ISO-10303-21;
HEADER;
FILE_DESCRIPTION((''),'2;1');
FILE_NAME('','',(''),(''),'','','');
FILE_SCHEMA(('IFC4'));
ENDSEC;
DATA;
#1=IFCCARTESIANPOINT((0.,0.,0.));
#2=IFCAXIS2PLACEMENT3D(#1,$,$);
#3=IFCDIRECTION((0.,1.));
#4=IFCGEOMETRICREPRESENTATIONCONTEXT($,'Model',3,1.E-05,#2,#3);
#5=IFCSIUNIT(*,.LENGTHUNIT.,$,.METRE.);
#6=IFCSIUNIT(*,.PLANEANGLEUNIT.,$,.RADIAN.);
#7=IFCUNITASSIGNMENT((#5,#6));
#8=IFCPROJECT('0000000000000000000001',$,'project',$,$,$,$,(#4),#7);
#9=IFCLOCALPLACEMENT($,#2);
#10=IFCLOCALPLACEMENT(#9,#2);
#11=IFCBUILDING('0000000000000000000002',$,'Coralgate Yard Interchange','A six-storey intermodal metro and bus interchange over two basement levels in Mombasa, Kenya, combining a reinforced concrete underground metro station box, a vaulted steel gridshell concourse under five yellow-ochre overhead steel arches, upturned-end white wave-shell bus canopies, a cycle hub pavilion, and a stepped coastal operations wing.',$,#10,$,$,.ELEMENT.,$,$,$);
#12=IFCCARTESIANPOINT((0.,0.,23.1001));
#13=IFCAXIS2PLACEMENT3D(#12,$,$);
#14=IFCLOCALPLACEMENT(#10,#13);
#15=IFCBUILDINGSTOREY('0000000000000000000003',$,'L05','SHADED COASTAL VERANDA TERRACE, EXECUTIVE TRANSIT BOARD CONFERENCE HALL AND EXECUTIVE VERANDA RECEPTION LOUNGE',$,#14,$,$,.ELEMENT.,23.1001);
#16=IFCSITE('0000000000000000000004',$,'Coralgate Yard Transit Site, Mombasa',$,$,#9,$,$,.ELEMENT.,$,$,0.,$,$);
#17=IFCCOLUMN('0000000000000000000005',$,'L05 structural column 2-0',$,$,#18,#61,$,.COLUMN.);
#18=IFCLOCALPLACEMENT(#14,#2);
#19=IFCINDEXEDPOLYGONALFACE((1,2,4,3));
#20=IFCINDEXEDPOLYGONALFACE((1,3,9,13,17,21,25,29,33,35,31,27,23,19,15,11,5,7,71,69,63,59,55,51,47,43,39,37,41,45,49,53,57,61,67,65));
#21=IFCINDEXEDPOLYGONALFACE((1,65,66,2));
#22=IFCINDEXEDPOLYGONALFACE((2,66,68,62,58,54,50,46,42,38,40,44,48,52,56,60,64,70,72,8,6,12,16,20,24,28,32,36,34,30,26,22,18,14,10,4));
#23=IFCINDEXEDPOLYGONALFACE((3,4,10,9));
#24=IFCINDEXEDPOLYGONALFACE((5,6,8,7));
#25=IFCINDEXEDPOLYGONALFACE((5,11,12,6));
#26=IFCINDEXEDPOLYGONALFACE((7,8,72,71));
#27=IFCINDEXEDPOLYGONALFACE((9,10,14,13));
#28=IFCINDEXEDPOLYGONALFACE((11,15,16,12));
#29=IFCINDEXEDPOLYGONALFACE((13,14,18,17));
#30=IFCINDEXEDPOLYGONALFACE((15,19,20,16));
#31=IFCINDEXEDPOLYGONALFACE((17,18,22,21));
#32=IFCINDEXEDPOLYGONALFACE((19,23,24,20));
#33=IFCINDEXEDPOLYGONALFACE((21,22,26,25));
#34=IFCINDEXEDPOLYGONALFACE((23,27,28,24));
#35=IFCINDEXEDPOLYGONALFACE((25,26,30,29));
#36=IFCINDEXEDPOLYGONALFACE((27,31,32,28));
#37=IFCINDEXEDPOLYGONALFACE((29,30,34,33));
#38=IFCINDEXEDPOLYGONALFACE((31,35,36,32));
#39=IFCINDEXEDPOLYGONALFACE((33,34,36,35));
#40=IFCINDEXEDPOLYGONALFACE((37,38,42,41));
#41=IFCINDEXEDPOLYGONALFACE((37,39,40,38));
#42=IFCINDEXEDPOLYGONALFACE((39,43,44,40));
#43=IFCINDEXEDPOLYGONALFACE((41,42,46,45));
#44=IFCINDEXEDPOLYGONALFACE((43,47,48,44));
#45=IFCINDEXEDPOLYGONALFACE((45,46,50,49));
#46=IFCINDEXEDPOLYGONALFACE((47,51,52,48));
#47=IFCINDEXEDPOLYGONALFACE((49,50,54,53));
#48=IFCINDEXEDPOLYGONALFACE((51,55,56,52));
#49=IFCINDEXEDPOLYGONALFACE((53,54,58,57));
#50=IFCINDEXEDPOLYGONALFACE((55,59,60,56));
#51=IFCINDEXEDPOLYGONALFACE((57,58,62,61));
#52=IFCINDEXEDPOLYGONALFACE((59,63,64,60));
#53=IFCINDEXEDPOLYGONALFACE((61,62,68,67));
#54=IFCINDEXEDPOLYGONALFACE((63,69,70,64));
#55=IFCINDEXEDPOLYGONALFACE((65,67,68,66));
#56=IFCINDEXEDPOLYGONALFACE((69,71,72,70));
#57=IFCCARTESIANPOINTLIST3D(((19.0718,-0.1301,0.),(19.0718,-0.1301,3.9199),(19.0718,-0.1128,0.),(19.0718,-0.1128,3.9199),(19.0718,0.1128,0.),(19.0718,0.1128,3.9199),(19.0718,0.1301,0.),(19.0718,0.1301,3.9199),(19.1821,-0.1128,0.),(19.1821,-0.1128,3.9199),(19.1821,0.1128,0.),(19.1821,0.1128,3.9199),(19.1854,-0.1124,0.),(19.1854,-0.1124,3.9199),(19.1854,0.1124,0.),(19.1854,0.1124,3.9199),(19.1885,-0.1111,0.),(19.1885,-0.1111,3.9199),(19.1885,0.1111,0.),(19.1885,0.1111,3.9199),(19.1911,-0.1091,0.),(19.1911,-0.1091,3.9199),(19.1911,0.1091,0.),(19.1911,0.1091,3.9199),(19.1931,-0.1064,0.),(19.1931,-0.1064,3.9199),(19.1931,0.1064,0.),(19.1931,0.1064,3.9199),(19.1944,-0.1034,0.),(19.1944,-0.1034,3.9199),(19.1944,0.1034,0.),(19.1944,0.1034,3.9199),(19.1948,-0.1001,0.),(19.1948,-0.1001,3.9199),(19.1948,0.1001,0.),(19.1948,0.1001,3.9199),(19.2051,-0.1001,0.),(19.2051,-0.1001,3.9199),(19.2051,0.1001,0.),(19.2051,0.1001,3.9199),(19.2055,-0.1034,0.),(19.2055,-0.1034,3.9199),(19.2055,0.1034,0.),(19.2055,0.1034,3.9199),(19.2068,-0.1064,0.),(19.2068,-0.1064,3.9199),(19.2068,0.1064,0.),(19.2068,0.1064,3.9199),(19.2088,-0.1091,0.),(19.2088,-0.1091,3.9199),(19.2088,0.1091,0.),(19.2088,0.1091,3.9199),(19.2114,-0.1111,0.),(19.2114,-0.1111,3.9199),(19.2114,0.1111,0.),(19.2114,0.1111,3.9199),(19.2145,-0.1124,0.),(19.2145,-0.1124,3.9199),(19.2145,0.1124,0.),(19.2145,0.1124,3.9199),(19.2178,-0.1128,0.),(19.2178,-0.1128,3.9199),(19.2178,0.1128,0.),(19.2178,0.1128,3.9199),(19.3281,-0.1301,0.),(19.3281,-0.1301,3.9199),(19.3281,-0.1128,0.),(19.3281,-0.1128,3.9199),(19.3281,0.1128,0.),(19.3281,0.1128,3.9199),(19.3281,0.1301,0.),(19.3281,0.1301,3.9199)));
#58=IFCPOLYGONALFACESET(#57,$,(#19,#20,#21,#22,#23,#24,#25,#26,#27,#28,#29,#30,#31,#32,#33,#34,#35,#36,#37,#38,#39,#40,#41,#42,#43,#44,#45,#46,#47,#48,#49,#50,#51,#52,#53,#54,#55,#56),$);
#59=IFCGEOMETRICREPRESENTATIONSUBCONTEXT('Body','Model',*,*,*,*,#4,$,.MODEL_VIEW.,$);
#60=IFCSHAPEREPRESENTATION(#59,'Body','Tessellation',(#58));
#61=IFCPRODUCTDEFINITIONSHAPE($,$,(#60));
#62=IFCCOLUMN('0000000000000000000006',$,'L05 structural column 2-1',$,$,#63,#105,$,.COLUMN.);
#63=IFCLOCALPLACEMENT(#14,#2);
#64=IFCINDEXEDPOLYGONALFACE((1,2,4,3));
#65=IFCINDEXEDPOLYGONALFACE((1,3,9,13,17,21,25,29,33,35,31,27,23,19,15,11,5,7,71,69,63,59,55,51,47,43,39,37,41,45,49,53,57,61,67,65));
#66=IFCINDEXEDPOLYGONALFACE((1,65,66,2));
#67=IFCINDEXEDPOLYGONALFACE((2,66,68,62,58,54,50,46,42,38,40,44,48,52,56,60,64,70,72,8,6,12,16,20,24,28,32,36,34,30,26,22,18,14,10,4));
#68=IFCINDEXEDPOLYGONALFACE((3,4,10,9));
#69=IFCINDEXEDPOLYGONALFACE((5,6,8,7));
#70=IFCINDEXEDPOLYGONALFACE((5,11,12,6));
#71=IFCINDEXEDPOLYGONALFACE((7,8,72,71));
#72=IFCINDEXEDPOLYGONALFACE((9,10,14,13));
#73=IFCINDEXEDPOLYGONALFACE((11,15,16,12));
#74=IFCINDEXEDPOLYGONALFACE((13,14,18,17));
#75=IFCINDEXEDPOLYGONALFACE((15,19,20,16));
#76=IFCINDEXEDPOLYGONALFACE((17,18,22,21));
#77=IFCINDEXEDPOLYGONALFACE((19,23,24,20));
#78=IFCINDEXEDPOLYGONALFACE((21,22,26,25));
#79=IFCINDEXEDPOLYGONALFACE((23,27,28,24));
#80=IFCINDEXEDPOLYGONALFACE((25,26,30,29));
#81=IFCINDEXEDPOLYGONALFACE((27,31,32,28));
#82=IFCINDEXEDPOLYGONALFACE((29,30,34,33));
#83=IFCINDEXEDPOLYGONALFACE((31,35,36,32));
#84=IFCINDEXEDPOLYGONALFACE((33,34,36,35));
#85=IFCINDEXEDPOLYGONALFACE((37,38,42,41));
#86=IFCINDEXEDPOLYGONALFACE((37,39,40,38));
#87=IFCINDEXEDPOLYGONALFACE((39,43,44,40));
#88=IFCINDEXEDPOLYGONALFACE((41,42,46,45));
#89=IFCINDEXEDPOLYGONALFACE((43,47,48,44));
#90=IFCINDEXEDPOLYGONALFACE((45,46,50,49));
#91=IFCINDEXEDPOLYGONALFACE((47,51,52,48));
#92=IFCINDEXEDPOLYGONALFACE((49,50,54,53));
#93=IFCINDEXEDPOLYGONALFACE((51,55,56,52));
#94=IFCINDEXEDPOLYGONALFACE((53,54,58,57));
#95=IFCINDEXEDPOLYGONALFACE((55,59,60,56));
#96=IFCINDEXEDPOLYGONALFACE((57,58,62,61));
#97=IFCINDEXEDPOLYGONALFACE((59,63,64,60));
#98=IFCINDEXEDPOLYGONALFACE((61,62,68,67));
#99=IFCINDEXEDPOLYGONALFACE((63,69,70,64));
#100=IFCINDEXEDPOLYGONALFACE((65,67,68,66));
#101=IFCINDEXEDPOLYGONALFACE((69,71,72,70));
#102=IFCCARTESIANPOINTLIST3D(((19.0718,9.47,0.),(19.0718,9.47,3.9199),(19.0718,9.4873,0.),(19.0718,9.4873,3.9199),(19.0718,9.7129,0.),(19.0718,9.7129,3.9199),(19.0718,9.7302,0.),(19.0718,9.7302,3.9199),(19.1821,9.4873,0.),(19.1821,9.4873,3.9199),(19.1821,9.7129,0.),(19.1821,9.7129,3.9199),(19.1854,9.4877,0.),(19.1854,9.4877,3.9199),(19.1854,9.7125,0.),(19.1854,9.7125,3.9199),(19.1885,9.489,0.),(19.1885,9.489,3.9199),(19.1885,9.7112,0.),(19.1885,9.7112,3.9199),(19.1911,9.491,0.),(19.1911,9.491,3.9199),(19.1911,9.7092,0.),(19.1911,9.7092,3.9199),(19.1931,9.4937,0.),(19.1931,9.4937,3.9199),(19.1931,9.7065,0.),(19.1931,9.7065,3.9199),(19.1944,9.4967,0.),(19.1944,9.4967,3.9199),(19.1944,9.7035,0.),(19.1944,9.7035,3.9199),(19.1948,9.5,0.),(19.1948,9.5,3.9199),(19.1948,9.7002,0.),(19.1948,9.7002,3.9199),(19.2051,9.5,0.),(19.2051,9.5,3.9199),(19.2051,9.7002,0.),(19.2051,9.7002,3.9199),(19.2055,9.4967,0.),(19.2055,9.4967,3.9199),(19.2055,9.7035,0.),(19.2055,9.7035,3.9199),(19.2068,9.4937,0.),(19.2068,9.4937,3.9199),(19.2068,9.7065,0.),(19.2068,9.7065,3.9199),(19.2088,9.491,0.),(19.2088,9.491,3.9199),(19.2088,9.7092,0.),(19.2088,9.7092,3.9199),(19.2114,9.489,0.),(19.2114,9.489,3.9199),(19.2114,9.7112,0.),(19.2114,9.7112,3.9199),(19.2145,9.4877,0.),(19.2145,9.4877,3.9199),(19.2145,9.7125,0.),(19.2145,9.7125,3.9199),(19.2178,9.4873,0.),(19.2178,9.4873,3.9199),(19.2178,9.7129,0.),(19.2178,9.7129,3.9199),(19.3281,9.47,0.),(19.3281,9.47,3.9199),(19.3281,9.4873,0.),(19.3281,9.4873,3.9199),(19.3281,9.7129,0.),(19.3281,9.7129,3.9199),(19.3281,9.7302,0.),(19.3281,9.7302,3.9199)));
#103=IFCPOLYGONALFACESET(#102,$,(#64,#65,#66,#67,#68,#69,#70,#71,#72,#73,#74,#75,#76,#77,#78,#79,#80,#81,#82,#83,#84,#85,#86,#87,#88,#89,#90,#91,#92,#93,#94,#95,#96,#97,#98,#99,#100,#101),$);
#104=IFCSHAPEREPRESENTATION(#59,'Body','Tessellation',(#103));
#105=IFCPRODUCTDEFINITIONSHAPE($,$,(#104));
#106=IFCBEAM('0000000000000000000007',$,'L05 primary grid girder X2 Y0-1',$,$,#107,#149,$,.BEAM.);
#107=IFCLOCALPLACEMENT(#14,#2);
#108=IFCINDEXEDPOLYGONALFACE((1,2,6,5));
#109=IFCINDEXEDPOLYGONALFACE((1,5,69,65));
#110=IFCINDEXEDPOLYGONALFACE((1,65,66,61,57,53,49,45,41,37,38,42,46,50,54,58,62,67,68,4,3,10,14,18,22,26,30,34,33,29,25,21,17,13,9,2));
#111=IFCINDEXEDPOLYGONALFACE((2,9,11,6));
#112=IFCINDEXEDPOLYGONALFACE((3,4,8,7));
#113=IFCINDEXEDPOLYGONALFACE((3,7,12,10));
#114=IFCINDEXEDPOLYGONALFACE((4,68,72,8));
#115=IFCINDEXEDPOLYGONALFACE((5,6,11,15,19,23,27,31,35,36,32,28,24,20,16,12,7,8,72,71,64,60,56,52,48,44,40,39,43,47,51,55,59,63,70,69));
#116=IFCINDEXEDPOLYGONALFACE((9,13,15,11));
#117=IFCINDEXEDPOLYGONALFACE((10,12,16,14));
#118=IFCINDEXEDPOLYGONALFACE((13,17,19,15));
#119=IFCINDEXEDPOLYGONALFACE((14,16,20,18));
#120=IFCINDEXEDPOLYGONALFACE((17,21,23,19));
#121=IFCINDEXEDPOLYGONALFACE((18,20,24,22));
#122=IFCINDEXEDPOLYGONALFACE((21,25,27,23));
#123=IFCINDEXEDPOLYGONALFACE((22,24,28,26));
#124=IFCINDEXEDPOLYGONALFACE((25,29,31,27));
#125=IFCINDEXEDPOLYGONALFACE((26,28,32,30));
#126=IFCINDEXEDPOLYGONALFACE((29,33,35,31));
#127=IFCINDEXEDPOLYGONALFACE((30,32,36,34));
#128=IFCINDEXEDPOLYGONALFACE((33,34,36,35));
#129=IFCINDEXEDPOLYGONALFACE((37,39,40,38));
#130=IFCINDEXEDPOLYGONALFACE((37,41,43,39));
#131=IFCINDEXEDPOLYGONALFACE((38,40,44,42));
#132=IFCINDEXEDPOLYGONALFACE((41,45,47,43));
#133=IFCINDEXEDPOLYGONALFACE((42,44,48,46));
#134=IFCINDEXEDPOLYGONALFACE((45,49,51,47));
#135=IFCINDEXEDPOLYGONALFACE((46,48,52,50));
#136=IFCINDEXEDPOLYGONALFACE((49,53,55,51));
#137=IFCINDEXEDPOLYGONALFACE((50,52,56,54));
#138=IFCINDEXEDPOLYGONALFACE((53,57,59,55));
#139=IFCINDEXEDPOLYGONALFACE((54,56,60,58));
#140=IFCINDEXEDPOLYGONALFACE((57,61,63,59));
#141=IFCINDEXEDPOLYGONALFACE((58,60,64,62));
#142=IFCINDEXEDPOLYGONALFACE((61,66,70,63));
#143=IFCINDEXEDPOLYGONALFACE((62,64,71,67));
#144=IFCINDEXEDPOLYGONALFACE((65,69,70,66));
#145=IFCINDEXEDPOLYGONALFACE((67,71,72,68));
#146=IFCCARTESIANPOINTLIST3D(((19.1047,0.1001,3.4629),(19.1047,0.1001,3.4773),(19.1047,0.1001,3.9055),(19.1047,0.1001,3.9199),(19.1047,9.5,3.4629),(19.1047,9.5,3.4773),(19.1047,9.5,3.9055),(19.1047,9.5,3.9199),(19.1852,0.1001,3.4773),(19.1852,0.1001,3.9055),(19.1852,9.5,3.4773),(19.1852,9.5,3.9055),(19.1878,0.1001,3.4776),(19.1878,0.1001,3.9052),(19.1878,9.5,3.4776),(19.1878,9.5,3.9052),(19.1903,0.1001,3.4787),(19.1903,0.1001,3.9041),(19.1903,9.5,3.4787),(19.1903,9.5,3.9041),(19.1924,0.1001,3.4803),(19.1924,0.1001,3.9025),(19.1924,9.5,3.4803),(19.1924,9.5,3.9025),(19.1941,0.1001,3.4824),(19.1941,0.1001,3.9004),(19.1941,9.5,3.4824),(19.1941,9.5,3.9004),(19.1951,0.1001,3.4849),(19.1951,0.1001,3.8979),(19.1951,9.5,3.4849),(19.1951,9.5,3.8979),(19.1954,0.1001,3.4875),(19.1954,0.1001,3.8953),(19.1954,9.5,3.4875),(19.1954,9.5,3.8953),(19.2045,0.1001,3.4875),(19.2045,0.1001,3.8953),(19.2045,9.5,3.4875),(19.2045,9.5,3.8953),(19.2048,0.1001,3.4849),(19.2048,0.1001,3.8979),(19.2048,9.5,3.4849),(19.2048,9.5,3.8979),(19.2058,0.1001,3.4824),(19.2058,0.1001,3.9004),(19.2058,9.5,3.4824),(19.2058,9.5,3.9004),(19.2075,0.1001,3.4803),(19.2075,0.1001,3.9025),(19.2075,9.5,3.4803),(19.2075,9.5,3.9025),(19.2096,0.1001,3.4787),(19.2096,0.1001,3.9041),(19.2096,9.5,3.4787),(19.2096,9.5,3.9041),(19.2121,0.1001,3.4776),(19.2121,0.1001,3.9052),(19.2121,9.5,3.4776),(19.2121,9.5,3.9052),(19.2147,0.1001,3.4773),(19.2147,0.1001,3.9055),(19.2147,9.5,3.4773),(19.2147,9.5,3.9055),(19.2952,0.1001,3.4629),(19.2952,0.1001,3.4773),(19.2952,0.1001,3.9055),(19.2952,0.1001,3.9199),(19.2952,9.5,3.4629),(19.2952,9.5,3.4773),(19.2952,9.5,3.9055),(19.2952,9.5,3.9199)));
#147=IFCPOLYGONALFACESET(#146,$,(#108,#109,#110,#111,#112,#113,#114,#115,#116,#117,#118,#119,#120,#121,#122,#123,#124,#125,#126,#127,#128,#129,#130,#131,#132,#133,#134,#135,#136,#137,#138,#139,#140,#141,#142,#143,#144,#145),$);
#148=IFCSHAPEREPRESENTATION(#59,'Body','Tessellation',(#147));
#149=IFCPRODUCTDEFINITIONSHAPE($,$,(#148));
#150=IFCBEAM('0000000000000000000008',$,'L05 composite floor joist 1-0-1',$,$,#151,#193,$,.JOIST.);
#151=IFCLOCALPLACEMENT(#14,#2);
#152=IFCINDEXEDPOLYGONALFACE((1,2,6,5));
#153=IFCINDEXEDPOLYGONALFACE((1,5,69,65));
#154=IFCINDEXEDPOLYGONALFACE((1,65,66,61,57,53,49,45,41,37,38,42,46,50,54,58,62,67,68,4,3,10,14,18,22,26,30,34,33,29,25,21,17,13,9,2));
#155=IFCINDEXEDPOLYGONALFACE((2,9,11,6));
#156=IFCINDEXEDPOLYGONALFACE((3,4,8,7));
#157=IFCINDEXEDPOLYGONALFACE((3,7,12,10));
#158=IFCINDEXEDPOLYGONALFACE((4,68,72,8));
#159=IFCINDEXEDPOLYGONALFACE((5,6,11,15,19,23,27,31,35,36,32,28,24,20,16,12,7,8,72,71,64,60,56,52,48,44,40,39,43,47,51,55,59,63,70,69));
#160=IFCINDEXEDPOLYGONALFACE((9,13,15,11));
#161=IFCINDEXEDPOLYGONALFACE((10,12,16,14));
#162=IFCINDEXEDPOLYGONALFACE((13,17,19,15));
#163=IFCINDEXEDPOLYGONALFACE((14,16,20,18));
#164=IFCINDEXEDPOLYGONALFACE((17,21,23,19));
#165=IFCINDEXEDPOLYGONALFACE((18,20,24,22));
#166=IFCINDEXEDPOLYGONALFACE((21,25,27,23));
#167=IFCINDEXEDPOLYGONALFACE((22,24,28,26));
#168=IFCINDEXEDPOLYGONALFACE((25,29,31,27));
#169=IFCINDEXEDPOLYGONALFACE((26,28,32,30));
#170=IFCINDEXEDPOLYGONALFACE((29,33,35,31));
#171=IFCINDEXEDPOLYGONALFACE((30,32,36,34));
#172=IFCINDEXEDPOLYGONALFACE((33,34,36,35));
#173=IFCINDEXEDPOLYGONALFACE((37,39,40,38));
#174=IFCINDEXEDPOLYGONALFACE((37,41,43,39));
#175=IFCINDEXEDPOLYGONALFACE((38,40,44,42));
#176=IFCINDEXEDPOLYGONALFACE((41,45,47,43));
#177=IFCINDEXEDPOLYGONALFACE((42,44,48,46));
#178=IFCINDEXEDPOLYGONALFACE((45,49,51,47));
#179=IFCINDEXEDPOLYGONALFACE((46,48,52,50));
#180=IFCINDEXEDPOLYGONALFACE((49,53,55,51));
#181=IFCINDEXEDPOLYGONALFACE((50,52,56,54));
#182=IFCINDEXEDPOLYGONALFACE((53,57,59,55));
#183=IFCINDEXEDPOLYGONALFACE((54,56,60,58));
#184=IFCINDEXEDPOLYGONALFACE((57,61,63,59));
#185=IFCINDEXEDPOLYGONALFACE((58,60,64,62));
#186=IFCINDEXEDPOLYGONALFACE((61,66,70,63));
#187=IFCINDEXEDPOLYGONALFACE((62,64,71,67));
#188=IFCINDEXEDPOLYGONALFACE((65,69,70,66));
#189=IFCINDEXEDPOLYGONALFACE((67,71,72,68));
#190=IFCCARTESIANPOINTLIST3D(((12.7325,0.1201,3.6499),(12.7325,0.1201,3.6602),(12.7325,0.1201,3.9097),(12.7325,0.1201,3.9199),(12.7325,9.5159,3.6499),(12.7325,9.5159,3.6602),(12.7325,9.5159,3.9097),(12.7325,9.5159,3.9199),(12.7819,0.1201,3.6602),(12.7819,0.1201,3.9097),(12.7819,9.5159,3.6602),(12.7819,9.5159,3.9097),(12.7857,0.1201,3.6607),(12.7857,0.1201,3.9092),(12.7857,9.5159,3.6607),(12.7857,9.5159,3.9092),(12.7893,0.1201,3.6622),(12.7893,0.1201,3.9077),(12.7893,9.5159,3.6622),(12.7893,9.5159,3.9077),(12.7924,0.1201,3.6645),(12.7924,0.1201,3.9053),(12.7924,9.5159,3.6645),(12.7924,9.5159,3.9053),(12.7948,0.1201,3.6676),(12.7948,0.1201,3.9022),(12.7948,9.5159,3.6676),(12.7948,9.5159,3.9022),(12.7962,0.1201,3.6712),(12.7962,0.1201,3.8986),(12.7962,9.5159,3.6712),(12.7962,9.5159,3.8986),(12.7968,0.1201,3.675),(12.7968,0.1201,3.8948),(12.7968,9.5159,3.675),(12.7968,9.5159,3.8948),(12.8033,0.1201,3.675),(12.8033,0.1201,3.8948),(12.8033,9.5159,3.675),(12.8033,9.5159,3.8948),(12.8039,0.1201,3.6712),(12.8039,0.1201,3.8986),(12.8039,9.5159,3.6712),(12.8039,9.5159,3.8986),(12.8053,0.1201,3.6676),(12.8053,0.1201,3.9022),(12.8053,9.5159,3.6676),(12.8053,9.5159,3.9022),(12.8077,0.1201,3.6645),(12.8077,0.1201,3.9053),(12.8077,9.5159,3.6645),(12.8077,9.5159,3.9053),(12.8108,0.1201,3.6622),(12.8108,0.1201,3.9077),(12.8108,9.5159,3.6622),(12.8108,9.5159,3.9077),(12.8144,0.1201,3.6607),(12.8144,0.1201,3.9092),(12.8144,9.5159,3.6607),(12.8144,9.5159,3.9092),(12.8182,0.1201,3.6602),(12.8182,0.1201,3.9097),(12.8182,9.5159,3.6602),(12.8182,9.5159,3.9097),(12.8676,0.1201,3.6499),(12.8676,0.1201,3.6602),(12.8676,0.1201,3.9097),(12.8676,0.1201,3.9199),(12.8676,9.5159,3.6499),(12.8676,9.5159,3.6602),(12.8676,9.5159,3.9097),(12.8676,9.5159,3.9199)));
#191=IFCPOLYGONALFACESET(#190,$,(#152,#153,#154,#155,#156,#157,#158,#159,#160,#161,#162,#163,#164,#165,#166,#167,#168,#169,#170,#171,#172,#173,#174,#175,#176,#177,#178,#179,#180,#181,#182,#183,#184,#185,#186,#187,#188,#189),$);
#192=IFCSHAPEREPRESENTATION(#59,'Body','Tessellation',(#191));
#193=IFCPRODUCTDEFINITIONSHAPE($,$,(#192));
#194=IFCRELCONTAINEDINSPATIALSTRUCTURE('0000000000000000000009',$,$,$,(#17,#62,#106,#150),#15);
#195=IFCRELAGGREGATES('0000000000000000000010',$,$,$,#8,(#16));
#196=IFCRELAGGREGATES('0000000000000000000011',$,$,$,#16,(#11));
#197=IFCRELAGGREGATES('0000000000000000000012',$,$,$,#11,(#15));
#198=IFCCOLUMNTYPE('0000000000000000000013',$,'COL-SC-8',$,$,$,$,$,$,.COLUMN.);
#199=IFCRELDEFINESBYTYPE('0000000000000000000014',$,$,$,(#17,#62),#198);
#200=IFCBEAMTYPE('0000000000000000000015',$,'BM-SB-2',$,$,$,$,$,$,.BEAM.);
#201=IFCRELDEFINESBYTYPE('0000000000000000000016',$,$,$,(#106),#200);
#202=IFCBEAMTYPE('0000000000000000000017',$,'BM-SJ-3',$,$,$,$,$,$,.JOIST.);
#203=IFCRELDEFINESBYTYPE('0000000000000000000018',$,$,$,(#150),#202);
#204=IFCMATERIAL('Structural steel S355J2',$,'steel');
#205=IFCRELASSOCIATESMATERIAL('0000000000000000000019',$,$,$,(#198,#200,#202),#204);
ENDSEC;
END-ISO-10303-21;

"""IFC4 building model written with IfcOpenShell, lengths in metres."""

from ifc_helpers import new_model, si_unit, direction, frame, origin, origin_2d, place, context, subcontext, project, spatial, i_section, extrude, material, material_profile, profile_set, type_object, element, save


model = new_model("IFC4")

# Units and contexts
model_context = context("Model", 3, precision=1e-05, world=origin(), true_north=direction((0.0, 1.0)))
body_context = subcontext(model_context, "Body", "Model", "MODEL_VIEW")
ifc_project = project(units=[si_unit("LENGTHUNIT", "METRE"), si_unit("PLANEANGLEUNIT", "RADIAN")], contexts=[model_context])

# Site, building, storey
site_placement = place(None, origin())
site = spatial("IfcSite", under=ifc_project, at=site_placement, Name="Coralgate Yard Transit Site, Mombasa", CompositionType="ELEMENT", RefElevation=0.0)
building_placement = place(site_placement, origin())
building = spatial("IfcBuilding", under=site, at=building_placement, Name="Coralgate Yard Interchange", Description="A six-storey intermodal metro and bus interchange over two basement levels in Mombasa, Kenya, combining a reinforced concrete underground metro station box, a vaulted steel gridshell concourse under five yellow-ochre overhead steel arches, upturned-end white wave-shell bus canopies, a cycle hub pavilion, and a stepped coastal operations wing.", CompositionType="ELEMENT")
storey_placement = place(building_placement, frame((0.0, 0.0, 23.1001)))
storey = spatial("IfcBuildingStorey", under=building, at=storey_placement, Name="L05", Description="SHADED COASTAL VERANDA TERRACE, EXECUTIVE TRANSIT BOARD CONFERENCE HALL AND EXECUTIVE VERANDA RECEPTION LOUNGE", CompositionType="ELEMENT", Elevation=23.1001)

# Columns
ifc_material_1 = material(Name="Structural steel S355J2", Category="steel")
ifc_material_profile_1 = material_profile(ifc_material_1, i_section(OverallWidth=0.2563, OverallDepth=0.2603, WebThickness=0.0103, FlangeThickness=0.0173, FilletRadius=0.0127, at=origin_2d()), Name="UC 254x254x89")
ifc_profile_set_1 = profile_set([ifc_material_profile_1], Name="Structural steel S355J2")
column_type = type_object("IfcColumnType", Name="COL-SC-8", PredefinedType="COLUMN", material=ifc_profile_set_1)
for number, where, z_axis, x_axis, name in (
    (1, (19.2, 0.0, 0.0), (0.0, 0.0, 1.0), (1.0, 0.0, 0.0), "L05 structural column 2-0"),
    (2, (19.2, 9.6001, 0.0), (0.0, 0.0, 1.0), (1.0, 0.0, 0.0), "L05 structural column 2-1"),
):
    element("IfcColumn", number, at=place(storey_placement, frame(where, z_axis=z_axis, x_axis=x_axis)), inside=storey, type_object=column_type, Name=name, PredefinedType="COLUMN", context=body_context, shape_type="SweptSolid", body=[
        extrude(i_section(OverallWidth=0.2563, OverallDepth=0.2603, WebThickness=0.0103, FlangeThickness=0.0173, FilletRadius=0.0127, at=origin_2d()), origin(), (0.0, 0.0, 1.0), 3.9199),
    ])

# Beams
ifc_material_profile_2 = material_profile(ifc_material_1, i_section(OverallWidth=0.1904, OverallDepth=0.457, WebThickness=0.009, FlangeThickness=0.0144, FilletRadius=0.0103, at=origin_2d()), Name="UB 457x191x74")
ifc_profile_set_2 = profile_set([ifc_material_profile_2], Name="Structural steel S355J2")
beam_type_1 = type_object("IfcBeamType", Name="BM-SB-2", PredefinedType="BEAM", material=ifc_profile_set_2)
beam_placement = place(storey_placement, frame((19.2, 0.1001, 3.6914), z_axis=(0.0, 1.0, 0.0), x_axis=(-1.0, 0.0, 0.0)))
element("IfcBeam", 3, at=beam_placement, inside=storey, type_object=beam_type_1, Name="L05 primary grid girder X2 Y0-1", PredefinedType="BEAM", context=body_context, shape_type="SweptSolid", body=[
    extrude(i_section(OverallWidth=0.1904, OverallDepth=0.457, WebThickness=0.009, FlangeThickness=0.0144, FilletRadius=0.0103, at=origin_2d()), origin(), (0.0, 0.0, 1.0), 9.3999),
])
ifc_material_profile_3 = material_profile(ifc_material_1, i_section(OverallWidth=0.135, OverallDepth=0.27, WebThickness=0.0066, FlangeThickness=0.0103, FilletRadius=0.0149, at=origin_2d()), Name="IPE 270")
ifc_profile_set_3 = profile_set([ifc_material_profile_3], Name="Structural steel S355J2")
beam_type_2 = type_object("IfcBeamType", Name="BM-SJ-3", PredefinedType="JOIST", material=ifc_profile_set_3)
for number, where, z_axis, x_axis, name in (
    (4, (12.8, 0.1201, 3.7849), (0.0, 1.0, 0.0), (-1.0, 0.0, 0.0), "L05 composite floor joist 1-0-1"),
):
    element("IfcBeam", number, at=place(storey_placement, frame(where, z_axis=z_axis, x_axis=x_axis)), inside=storey, type_object=beam_type_2, Name=name, PredefinedType="JOIST", context=body_context, shape_type="SweptSolid", body=[
        extrude(i_section(OverallWidth=0.135, OverallDepth=0.27, WebThickness=0.0066, FlangeThickness=0.0103, FilletRadius=0.0149, at=origin_2d()), origin(), (0.0, 0.0, 1.0), 9.3958),
    ])

save(model, "model.ifc")
